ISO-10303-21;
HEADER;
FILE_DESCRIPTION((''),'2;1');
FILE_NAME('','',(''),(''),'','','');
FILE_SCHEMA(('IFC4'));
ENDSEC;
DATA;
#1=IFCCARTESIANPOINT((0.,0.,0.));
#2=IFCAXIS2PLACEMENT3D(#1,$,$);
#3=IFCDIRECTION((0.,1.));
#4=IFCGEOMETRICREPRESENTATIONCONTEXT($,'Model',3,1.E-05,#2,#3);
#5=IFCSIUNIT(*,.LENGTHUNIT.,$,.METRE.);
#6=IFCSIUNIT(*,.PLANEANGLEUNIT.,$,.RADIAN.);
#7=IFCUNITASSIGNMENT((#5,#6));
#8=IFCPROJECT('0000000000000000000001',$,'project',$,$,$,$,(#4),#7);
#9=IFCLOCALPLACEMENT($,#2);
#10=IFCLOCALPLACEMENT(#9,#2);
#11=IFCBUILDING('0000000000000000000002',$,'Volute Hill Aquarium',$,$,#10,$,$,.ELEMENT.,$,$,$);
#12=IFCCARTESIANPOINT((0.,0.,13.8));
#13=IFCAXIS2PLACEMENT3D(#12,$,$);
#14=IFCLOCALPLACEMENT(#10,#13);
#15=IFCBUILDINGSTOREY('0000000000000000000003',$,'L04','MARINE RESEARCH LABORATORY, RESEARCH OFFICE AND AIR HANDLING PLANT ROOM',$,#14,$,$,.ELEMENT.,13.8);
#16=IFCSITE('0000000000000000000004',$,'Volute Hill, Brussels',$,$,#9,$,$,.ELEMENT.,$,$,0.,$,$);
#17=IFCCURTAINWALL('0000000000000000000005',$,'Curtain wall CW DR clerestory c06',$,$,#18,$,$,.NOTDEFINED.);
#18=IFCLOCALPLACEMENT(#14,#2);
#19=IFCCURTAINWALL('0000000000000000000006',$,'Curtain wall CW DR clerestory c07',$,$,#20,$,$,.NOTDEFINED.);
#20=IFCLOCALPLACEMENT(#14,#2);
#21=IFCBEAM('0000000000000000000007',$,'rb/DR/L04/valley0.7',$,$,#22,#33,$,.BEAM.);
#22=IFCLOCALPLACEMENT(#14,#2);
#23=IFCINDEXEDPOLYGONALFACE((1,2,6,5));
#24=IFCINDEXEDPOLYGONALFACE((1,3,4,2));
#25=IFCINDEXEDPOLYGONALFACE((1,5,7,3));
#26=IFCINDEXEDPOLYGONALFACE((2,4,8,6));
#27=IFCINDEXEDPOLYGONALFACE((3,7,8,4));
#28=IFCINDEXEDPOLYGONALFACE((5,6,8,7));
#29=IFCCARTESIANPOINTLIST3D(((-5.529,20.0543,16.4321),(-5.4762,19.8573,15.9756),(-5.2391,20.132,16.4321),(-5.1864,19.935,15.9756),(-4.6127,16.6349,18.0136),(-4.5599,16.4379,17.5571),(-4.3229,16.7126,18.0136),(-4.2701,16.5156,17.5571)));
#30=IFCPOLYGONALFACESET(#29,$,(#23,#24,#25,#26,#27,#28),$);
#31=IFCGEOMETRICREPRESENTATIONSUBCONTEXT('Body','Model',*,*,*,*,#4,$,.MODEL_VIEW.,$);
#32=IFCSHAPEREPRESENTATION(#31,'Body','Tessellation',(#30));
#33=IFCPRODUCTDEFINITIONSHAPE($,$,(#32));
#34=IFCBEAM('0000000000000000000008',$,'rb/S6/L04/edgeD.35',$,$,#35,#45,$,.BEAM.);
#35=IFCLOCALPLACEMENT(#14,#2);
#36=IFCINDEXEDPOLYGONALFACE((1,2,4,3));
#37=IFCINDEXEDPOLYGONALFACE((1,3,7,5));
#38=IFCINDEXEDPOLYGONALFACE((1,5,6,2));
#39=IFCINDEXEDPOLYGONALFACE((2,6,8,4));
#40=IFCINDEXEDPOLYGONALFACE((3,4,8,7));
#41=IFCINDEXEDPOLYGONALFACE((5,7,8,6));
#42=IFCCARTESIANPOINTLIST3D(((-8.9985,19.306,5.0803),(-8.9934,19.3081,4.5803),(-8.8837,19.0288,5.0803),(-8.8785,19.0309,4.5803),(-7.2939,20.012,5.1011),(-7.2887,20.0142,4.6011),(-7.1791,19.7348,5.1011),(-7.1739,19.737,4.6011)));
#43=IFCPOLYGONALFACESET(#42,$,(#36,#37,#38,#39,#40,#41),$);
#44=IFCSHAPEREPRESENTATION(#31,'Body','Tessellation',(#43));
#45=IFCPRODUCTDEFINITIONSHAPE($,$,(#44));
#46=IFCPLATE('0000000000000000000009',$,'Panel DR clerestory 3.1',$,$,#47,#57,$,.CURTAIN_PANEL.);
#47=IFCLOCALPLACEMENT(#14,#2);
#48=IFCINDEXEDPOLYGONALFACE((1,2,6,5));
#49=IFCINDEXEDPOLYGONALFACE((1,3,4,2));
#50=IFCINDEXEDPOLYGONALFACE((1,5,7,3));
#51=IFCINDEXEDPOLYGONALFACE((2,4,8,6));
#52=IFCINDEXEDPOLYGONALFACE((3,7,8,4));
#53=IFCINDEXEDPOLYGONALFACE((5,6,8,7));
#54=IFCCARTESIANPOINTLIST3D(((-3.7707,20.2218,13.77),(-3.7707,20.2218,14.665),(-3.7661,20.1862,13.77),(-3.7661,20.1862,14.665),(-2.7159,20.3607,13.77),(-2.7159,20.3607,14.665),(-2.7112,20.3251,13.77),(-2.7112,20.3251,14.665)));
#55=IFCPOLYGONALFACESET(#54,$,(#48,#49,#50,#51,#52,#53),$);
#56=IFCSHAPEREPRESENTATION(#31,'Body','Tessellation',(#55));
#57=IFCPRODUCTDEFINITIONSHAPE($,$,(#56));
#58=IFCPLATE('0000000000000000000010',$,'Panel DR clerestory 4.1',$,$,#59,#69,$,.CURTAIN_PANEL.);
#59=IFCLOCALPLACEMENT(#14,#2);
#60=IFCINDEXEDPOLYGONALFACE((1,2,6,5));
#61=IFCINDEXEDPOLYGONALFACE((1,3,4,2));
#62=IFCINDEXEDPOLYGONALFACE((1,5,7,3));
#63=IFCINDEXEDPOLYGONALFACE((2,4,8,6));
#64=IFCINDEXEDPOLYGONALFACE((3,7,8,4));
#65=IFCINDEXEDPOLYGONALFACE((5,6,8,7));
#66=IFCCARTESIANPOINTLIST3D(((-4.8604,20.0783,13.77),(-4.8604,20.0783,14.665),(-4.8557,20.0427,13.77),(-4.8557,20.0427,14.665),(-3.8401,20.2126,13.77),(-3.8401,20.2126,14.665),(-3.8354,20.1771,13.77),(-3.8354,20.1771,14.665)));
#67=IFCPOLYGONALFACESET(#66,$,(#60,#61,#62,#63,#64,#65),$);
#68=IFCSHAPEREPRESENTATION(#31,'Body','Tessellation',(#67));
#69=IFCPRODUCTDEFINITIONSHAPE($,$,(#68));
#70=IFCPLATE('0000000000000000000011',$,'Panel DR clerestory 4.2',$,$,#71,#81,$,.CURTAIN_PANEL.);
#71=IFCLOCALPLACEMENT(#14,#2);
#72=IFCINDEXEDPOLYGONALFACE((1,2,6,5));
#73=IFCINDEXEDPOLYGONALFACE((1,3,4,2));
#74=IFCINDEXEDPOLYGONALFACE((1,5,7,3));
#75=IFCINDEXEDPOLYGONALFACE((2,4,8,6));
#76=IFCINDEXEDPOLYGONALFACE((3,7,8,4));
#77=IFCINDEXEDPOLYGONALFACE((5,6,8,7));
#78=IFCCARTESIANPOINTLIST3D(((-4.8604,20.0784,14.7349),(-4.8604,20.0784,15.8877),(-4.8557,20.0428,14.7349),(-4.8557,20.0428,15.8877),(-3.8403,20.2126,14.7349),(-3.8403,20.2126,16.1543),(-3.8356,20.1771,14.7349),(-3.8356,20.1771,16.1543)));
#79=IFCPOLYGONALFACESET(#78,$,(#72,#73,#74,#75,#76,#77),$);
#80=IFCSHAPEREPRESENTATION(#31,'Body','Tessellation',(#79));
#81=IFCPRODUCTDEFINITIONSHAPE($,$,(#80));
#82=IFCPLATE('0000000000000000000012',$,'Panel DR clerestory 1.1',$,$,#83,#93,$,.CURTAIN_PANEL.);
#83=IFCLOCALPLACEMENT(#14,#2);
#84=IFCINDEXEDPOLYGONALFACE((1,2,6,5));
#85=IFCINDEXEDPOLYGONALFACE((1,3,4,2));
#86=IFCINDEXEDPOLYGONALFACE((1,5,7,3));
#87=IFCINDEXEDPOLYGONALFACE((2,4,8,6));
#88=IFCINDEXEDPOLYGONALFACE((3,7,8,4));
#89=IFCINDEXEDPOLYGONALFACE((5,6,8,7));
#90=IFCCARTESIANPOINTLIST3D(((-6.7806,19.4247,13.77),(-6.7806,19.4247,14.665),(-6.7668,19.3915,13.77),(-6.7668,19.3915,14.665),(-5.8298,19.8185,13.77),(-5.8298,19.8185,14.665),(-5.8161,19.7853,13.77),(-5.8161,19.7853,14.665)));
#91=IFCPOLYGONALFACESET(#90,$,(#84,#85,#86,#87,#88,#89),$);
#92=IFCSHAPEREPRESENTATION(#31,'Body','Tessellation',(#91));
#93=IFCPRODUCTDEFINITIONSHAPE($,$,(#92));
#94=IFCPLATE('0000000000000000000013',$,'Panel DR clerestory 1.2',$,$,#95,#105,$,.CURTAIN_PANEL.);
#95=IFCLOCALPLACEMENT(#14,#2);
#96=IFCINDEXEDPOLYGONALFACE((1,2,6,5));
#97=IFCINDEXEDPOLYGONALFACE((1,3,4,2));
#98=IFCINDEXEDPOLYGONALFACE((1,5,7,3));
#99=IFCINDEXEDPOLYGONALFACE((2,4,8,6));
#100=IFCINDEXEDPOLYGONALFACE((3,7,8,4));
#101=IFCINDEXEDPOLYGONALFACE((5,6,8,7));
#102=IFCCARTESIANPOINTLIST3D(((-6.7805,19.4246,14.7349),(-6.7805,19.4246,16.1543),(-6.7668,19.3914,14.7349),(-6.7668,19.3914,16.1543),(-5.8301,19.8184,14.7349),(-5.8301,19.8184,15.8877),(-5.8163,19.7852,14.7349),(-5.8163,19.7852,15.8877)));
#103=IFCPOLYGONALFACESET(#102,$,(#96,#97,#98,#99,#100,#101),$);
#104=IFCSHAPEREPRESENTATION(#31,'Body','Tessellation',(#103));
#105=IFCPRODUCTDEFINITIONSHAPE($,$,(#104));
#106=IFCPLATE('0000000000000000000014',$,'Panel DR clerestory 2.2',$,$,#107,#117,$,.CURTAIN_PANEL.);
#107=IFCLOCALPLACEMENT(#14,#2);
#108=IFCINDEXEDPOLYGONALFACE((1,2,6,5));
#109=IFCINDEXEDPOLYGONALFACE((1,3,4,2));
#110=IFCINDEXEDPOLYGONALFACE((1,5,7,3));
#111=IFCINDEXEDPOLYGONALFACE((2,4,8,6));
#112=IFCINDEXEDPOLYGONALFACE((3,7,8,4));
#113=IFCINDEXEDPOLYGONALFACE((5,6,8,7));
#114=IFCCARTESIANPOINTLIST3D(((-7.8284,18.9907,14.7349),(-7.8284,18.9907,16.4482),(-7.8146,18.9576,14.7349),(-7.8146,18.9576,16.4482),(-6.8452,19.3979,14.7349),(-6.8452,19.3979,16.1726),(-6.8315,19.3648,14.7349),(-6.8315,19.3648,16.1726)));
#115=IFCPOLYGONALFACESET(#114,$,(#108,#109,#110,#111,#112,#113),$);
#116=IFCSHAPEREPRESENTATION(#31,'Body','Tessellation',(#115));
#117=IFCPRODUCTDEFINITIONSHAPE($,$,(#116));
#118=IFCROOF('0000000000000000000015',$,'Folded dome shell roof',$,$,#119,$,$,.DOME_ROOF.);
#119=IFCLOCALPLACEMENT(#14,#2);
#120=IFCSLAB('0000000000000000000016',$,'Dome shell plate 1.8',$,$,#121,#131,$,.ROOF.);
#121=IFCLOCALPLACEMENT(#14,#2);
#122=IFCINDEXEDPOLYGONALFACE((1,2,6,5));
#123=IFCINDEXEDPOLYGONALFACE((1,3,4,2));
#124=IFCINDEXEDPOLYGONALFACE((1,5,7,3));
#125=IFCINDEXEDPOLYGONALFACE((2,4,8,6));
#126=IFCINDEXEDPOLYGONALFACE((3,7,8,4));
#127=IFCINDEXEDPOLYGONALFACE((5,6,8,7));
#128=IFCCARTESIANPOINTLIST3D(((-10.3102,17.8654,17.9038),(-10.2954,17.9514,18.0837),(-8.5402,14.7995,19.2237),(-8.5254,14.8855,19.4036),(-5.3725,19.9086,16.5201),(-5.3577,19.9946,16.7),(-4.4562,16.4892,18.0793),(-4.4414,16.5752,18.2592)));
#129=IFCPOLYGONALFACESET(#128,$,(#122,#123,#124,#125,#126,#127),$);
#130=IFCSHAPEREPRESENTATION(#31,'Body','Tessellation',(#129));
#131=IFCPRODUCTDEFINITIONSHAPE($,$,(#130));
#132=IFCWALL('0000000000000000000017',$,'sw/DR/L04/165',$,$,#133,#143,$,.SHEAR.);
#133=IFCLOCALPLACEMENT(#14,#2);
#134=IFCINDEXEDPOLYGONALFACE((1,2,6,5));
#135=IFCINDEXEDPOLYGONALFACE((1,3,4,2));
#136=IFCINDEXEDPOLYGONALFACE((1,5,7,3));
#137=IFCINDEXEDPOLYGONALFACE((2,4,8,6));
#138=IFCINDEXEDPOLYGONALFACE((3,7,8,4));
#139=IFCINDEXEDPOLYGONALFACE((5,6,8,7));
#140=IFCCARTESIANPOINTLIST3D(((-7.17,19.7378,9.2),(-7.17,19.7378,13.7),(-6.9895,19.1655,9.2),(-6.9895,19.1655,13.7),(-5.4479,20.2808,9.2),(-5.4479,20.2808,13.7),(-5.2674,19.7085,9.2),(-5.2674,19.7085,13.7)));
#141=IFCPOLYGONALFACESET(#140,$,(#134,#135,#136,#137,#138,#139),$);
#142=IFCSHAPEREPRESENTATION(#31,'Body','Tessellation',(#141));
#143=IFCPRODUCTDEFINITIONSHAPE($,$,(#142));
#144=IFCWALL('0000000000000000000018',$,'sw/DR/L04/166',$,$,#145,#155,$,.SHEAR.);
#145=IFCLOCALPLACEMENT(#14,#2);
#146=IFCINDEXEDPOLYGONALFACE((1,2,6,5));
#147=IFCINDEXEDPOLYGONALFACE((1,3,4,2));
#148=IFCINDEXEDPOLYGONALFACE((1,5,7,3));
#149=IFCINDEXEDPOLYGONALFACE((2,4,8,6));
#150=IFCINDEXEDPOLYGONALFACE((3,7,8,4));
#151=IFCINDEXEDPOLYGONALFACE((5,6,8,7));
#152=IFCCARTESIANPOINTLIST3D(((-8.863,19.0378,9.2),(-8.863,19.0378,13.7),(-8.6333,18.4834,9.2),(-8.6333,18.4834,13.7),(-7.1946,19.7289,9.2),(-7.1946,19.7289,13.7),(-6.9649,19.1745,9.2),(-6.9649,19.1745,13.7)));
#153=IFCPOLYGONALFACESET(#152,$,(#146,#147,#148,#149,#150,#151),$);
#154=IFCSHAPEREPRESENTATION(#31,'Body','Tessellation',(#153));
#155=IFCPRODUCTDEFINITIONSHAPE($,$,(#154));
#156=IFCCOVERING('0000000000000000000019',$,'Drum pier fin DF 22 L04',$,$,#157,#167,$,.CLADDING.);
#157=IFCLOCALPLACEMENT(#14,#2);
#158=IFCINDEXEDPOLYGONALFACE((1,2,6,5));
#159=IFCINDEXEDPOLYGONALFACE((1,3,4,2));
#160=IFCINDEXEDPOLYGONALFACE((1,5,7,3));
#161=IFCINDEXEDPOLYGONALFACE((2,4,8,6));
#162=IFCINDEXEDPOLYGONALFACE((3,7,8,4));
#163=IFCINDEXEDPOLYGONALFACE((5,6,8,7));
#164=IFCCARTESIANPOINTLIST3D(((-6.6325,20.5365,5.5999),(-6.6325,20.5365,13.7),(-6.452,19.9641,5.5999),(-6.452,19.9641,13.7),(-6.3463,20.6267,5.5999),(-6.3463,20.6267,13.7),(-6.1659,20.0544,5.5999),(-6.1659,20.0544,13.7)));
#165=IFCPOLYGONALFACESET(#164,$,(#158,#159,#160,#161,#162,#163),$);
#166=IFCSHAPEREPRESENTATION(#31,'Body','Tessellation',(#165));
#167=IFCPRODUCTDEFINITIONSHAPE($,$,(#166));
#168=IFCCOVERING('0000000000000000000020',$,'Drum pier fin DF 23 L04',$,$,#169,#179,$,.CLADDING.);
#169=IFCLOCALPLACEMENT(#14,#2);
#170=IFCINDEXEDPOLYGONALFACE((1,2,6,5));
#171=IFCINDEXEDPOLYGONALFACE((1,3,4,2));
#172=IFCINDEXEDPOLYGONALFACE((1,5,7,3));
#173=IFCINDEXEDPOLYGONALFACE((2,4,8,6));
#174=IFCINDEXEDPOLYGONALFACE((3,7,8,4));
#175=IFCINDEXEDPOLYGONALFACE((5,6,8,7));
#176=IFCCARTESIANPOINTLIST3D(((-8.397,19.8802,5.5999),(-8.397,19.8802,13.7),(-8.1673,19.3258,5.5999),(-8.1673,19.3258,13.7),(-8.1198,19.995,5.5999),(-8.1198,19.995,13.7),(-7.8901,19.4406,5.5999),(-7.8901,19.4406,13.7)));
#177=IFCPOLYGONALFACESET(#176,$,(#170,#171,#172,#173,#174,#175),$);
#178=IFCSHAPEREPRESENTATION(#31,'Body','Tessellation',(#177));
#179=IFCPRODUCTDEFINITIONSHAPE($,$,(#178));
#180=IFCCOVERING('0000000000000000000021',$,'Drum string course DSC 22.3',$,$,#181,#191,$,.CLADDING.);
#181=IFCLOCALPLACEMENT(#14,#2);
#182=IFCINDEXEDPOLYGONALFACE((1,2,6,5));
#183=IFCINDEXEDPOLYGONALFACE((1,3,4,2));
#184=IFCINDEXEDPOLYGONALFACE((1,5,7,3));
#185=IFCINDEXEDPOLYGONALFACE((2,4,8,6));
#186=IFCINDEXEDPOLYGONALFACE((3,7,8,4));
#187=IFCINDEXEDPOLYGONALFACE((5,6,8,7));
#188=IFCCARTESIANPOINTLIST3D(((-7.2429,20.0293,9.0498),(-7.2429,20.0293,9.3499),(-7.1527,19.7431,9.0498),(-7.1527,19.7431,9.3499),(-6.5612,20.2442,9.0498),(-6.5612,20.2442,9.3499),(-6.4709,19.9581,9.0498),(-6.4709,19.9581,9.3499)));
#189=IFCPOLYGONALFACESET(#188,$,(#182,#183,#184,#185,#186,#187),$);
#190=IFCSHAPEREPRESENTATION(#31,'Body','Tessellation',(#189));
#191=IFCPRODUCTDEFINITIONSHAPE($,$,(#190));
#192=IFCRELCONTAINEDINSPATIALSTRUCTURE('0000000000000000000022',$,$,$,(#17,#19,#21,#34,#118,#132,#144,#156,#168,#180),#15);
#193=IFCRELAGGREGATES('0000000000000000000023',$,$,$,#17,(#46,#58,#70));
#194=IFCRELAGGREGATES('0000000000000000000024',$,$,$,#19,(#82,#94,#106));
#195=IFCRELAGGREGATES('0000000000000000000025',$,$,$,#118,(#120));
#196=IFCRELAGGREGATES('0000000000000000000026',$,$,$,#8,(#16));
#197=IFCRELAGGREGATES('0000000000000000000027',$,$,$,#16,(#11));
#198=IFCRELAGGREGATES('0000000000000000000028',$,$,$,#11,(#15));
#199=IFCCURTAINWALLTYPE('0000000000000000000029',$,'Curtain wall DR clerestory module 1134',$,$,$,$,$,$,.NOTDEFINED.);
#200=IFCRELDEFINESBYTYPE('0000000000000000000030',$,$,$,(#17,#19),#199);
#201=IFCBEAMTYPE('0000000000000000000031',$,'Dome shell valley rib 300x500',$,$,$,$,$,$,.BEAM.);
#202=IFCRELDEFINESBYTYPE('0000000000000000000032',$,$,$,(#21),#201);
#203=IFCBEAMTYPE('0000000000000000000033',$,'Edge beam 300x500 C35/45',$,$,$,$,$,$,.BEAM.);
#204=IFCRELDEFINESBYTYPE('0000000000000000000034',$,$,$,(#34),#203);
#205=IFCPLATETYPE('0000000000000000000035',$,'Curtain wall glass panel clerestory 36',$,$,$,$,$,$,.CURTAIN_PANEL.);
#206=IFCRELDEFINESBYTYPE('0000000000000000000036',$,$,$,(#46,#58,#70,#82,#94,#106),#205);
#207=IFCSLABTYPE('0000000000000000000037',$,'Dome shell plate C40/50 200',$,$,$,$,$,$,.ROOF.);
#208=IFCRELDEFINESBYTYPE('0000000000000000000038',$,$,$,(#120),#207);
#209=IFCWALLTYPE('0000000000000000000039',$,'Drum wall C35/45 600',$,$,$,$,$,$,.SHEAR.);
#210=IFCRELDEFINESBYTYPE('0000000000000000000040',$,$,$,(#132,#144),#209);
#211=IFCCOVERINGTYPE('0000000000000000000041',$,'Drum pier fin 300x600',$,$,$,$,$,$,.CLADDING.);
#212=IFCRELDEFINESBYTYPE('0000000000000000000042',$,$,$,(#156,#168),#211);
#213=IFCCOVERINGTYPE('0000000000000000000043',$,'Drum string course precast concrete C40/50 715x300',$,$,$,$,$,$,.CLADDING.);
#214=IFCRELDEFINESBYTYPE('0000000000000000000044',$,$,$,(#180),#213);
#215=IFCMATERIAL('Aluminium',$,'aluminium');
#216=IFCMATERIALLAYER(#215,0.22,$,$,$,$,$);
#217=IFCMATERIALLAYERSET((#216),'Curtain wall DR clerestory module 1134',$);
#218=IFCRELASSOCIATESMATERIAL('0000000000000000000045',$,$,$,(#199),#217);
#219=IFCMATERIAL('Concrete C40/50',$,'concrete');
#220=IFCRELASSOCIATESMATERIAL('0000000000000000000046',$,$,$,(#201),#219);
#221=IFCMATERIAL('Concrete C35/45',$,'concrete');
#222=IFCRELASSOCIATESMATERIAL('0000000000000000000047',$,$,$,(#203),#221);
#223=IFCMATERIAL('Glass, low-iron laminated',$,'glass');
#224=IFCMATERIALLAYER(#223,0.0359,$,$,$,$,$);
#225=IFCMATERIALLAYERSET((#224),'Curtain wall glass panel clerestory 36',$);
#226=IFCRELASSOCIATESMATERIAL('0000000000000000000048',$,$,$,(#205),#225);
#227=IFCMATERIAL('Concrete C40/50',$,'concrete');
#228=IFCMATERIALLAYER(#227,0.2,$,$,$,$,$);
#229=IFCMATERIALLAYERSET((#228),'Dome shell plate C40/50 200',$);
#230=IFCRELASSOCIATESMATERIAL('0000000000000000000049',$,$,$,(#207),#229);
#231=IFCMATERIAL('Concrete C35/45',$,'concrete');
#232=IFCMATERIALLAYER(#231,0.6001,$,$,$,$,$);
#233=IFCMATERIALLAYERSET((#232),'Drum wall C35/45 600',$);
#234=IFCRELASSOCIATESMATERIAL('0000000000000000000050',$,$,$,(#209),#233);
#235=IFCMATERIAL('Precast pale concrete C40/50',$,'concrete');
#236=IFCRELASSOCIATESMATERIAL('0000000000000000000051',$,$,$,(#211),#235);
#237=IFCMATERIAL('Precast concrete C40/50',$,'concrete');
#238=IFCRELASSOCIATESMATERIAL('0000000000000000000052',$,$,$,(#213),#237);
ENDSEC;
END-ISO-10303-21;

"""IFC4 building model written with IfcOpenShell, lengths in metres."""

from ifc_helpers import new_model, si_unit, direction, frame, frame_2d, origin, origin_2d, place, context, subcontext, project, spatial, polyline, rectangle, outline, extrude, material, layer, layer_set, material_profile, profile_set, type_object, element, aggregate, save


model = new_model("IFC4")

# Units and contexts
model_context = context("Model", 3, precision=1e-05, world=origin(), true_north=direction((0.0, 1.0)))
body_context = subcontext(model_context, "Body", "Model", "MODEL_VIEW")
ifc_project = project(units=[si_unit("LENGTHUNIT", "METRE"), si_unit("PLANEANGLEUNIT", "RADIAN")], contexts=[model_context])

# Site, building, storey
site_placement = place(None, origin())
site = spatial("IfcSite", under=ifc_project, at=site_placement, Name="Volute Hill, Brussels", CompositionType="ELEMENT", RefElevation=0.0)
building_placement = place(site_placement, origin())
building = spatial("IfcBuilding", under=site, at=building_placement, Name="Volute Hill Aquarium", CompositionType="ELEMENT")
storey_placement = place(building_placement, frame((0.0, 0.0, 13.8)))
storey = spatial("IfcBuildingStorey", under=building, at=storey_placement, Name="L04", Description="MARINE RESEARCH LABORATORY, RESEARCH OFFICE AND AIR HANDLING PLANT ROOM", CompositionType="ELEMENT", Elevation=13.8)

# Curtain walls
ifc_material_1 = material(Name="Aluminium", Category="aluminium")
ifc_layer_1 = layer(ifc_material_1, 0.22)
ifc_layer_set_1 = layer_set([ifc_layer_1], Name="Curtain wall DR clerestory module 1134")
curtain_wall_type = type_object("IfcCurtainWallType", Name="Curtain wall DR clerestory module 1134", PredefinedType="NOTDEFINED", material=ifc_layer_set_1)
curtain_wall_1_placement = place(storey_placement, origin())
curtain_wall_1 = element("IfcCurtainWall", 1, at=curtain_wall_1_placement, inside=storey, type_object=curtain_wall_type, Name="Curtain wall CW DR clerestory c06", PredefinedType="NOTDEFINED")
curtain_wall_2_placement = place(storey_placement, origin())
curtain_wall_2 = element("IfcCurtainWall", 2, at=curtain_wall_2_placement, inside=storey, type_object=curtain_wall_type, Name="Curtain wall CW DR clerestory c07", PredefinedType="NOTDEFINED")

# Beams
ifc_material_2 = material(Name="Concrete C40/50", Category="concrete")
ifc_material_profile_1 = material_profile(ifc_material_2, rectangle(XDim=0.3, YDim=0.5, at=origin_2d()), Name="RC rib 300x500")
ifc_profile_set_1 = profile_set([ifc_material_profile_1], Name="Concrete C40/50")
beam_type_1 = type_object("IfcBeamType", Name="Dome shell valley rib 300x500", PredefinedType="BEAM", material=ifc_profile_set_1)
beam_1_placement = place(storey_placement, frame((-5.3577, 19.9946, 16.2039), z_axis=(0.236315, -0.881915, 0.4079), x_axis=(0.965924, 0.258826, 0.0)))
element("IfcBeam", 3, at=beam_1_placement, inside=storey, type_object=beam_type_1, Name="rb/DR/L04/valley0.7", PredefinedType="BEAM", context=body_context, shape_type="SweptSolid", body=[
    extrude(rectangle(XDim=0.3, YDim=0.5, at=origin_2d()), origin(), (0.0, 0.0, 1.0), 3.8772),
])
ifc_material_3 = material(Name="Concrete C35/45", Category="concrete")
ifc_material_profile_2 = material_profile(ifc_material_3, rectangle(XDim=0.3, YDim=0.5, at=origin_2d()), Name="RC edge beam 300x500")
ifc_profile_set_2 = profile_set([ifc_material_profile_2], Name="Concrete C35/45")
beam_type_2 = type_object("IfcBeamType", Name="Edge beam 300x500 C35/45", PredefinedType="BEAM", material=ifc_profile_set_2)
beam_2_placement = place(storey_placement, frame((-7.2339, 19.8745, 4.8511), z_axis=(-0.923823, -0.382655, -0.011247), x_axis=(0.382679, -0.923881, 0.0)))
element("IfcBeam", 4, at=beam_2_placement, inside=storey, type_object=beam_type_2, Name="rb/S6/L04/edgeD.35", PredefinedType="BEAM", context=body_context, shape_type="SweptSolid", body=[
    extrude(rectangle(XDim=0.3, YDim=0.5, at=origin_2d()), origin(), (0.0, 0.0, 1.0), 1.8452),
])

# Plates
ifc_material_4 = material(Name="Glass, low-iron laminated", Category="glass")
ifc_layer_2 = layer(ifc_material_4, 0.0359)
ifc_layer_set_2 = layer_set([ifc_layer_2], Name="Curtain wall glass panel clerestory 36")
plate_type = type_object("IfcPlateType", Name="Curtain wall glass panel clerestory 36", PredefinedType="CURTAIN_PANEL", material=ifc_layer_set_2)
plate_1_placement = place(storey_placement, frame((-3.241, 20.2734, 13.77), z_axis=(0.0, 0.0, 1.0), x_axis=(-0.991446, -0.130519, 0.0)))
plate_1 = element("IfcPlate", 5, at=plate_1_placement, type_object=plate_type, Name="Panel DR clerestory 3.1", PredefinedType="CURTAIN_PANEL", context=body_context, shape_type="SweptSolid", body=[
    extrude(rectangle(XDim=1.064, YDim=0.0359, at=origin_2d()), origin(), (0.0, 0.0, 1.0), 0.895),
])
plate_2_placement = place(storey_placement, frame((-4.3479, 20.1277, 13.77), z_axis=(0.0, 0.0, 1.0), x_axis=(-0.991446, -0.130519, 0.0)))
plate_2 = element("IfcPlate", 6, at=plate_2_placement, type_object=plate_type, Name="Panel DR clerestory 4.1", PredefinedType="CURTAIN_PANEL", context=body_context, shape_type="SweptSolid", body=[
    extrude(rectangle(XDim=1.0291, YDim=0.0359, at=origin_2d()), origin(), (0.0, 0.0, 1.0), 0.895),
])
plate_3_placement = place(storey_placement, frame((-3.8403, 20.2126, 14.7349), z_axis=(-0.130516, 0.991446, 0.0), x_axis=(-0.991446, -0.130516, 0.0)))
plate_3 = element("IfcPlate", 7, at=plate_3_placement, type_object=plate_type, Name="Panel DR clerestory 4.2", PredefinedType="CURTAIN_PANEL", context=body_context, shape_type="SweptSolid", body=[
    extrude(outline(polyline([(0.0, 0.0), (1.0288, 0.0), (1.0288, 1.1528), (0.0, 1.4194), (0.0, 0.0)])), origin(), (0.0, 0.0, -1.0), 0.0359),
])
aggregate(curtain_wall_1, [plate_1, plate_2, plate_3])
plate_4_placement = place(storey_placement, frame((-6.2983, 19.605, 13.77), z_axis=(0.0, 0.0, 1.0), x_axis=(-0.923874, -0.382696, 0.0)))
plate_4 = element("IfcPlate", 8, at=plate_4_placement, type_object=plate_type, Name="Panel DR clerestory 1.1", PredefinedType="CURTAIN_PANEL", context=body_context, shape_type="SweptSolid", body=[
    extrude(rectangle(XDim=1.0291, YDim=0.0359, at=origin_2d()), origin(), (0.0, 0.0, 1.0), 0.895),
])
plate_5_placement = place(storey_placement, frame((-5.8301, 19.8184, 14.7349), z_axis=(-0.382778, 0.92384, 0.0), x_axis=(-0.92384, -0.382778, 0.0)))
plate_5 = element("IfcPlate", 9, at=plate_5_placement, type_object=plate_type, Name="Panel DR clerestory 1.2", PredefinedType="CURTAIN_PANEL", context=body_context, shape_type="SweptSolid", body=[
    extrude(outline(polyline([(0.0, 0.0), (1.0288, 0.0), (1.0288, 1.4194), (0.0, 1.1528), (0.0, 0.0)])), origin(), (0.0, 0.0, -1.0), 0.0359),
])
plate_6_placement = place(storey_placement, frame((-6.8452, 19.3979, 14.7349), z_axis=(-0.382676, 0.923883, 0.0), x_axis=(-0.923883, -0.382676, 0.0)))
plate_6 = element("IfcPlate", 10, at=plate_6_placement, type_object=plate_type, Name="Panel DR clerestory 2.2", PredefinedType="CURTAIN_PANEL", context=body_context, shape_type="SweptSolid", body=[
    extrude(outline(polyline([(0.0, 0.0), (1.0642, 0.0), (1.0642, 1.7134), (0.0, 1.4377), (0.0, 0.0)])), origin(), (0.0, 0.0, -1.0), 0.0359),
])
aggregate(curtain_wall_2, [plate_4, plate_5, plate_6])

# Roof, slab
roof_placement = place(storey_placement, origin())
roof = element("IfcRoof", 11, at=roof_placement, inside=storey, Name="Folded dome shell roof", PredefinedType="DOME_ROOF")
ifc_material_5 = material(Name="Concrete C40/50", Category="concrete")
ifc_layer_3 = layer(ifc_material_5, 0.2)
ifc_layer_set_3 = layer_set([ifc_layer_3], Name="Dome shell plate C40/50 200")
slab_type = type_object("IfcSlabType", Name="Dome shell plate C40/50 200", PredefinedType="ROOF", material=ifc_layer_set_3)
slab_placement = place(storey_placement, frame((-5.3577, 19.9946, 16.7), z_axis=(0.074142, 0.430136, 0.899715), x_axis=(-0.894512, -0.370149, 0.250674)))
slab = element("IfcSlab", 12, at=slab_placement, type_object=slab_type, Name="Dome shell plate 1.8", PredefinedType="ROOF", context=body_context, shape_type="SweptSolid", body=[
    extrude(outline(polyline([(0.0, 0.0), (5.52, 0.0), (5.4024, 3.7764), (0.837, 3.7766), (0.0, 0.0)])), origin(), (0.0, 0.0, -1.0), 0.2),
])
aggregate(roof, [slab])

# Walls
ifc_material_6 = material(Name="Concrete C35/45", Category="concrete")
ifc_layer_4 = layer(ifc_material_6, 0.6001)
ifc_layer_set_4 = layer_set([ifc_layer_4], Name="Drum wall C35/45 600")
wall_type = type_object("IfcWallType", Name="Drum wall C35/45 600", PredefinedType="SHEAR", material=ifc_layer_set_4)
wall_1_placement = place(storey_placement, frame((-5.3577, 19.9946, 9.2), z_axis=(0.0, 0.0, 1.0), x_axis=(-0.953722, -0.300691, 0.0)))
element("IfcWall", 13, at=wall_1_placement, inside=storey, type_object=wall_type, Name="sw/DR/L04/165", PredefinedType="SHEAR", context=body_context, shape_type="SweptSolid", body=[
    extrude(rectangle(XDim=1.8057, YDim=0.6001, at=frame_2d((0.9028, 0.0))), origin(), (0.0, 0.0, 1.0), 4.5),
])
wall_2_placement = place(storey_placement, frame((-7.0798, 19.4517, 9.2), z_axis=(0.0, 0.0, 1.0), x_axis=(-0.923867, -0.382714, 0.0)))
element("IfcWall", 14, at=wall_2_placement, inside=storey, type_object=wall_type, Name="sw/DR/L04/166", PredefinedType="SHEAR", context=body_context, shape_type="SweptSolid", body=[
    extrude(rectangle(XDim=1.8059, YDim=0.6001, at=frame_2d((0.9028, 0.0))), origin(), (0.0, 0.0, 1.0), 4.5),
])

# Coverings
ifc_material_7 = material(Name="Precast pale concrete C40/50", Category="concrete")
covering_type_1 = type_object("IfcCoveringType", Name="Drum pier fin 300x600", PredefinedType="CLADDING", material=ifc_material_7)
for number, where, z_axis, x_axis, name in (
    (15, (-6.3992, 20.2954, 5.5999), (0.0, 0.0, 1.0), (-0.953717, -0.300706, 0.0), "Drum pier fin DF 22 L04"),
    (16, (-8.1436, 19.6604, 5.5999), (0.0, 0.0, 1.0), (-0.92388, -0.382683, 0.0), "Drum pier fin DF 23 L04"),
):
    element("IfcCovering", number, at=place(storey_placement, frame(where, z_axis=z_axis, x_axis=x_axis)), inside=storey, type_object=covering_type_1, Name=name, PredefinedType="CLADDING", context=body_context, shape_type="SweptSolid", body=[
        extrude(rectangle(XDim=0.3, YDim=0.6001, at=origin_2d()), origin(), (0.0, 0.0, 1.0), 8.1001),
    ])
ifc_material_8 = material(Name="Precast concrete C40/50", Category="concrete")
covering_type_2 = type_object("IfcCoveringType", Name="Drum string course precast concrete C40/50 715x300", PredefinedType="CLADDING", material=ifc_material_8)
for number, where, z_axis, x_axis, name in (
    (17, (-6.8569, 19.9937, 9.0498), (0.0, 0.0, 1.0), (-0.953717, -0.300706, 0.0), "Drum string course DSC 22.3"),
):
    element("IfcCovering", number, at=place(storey_placement, frame(where, z_axis=z_axis, x_axis=x_axis)), inside=storey, type_object=covering_type_2, Name=name, PredefinedType="CLADDING", context=body_context, shape_type="SweptSolid", body=[
        extrude(rectangle(XDim=0.7148, YDim=0.3, at=origin_2d()), origin(), (0.0, 0.0, 1.0), 0.3),
    ])

save(model, "model.ifc")
